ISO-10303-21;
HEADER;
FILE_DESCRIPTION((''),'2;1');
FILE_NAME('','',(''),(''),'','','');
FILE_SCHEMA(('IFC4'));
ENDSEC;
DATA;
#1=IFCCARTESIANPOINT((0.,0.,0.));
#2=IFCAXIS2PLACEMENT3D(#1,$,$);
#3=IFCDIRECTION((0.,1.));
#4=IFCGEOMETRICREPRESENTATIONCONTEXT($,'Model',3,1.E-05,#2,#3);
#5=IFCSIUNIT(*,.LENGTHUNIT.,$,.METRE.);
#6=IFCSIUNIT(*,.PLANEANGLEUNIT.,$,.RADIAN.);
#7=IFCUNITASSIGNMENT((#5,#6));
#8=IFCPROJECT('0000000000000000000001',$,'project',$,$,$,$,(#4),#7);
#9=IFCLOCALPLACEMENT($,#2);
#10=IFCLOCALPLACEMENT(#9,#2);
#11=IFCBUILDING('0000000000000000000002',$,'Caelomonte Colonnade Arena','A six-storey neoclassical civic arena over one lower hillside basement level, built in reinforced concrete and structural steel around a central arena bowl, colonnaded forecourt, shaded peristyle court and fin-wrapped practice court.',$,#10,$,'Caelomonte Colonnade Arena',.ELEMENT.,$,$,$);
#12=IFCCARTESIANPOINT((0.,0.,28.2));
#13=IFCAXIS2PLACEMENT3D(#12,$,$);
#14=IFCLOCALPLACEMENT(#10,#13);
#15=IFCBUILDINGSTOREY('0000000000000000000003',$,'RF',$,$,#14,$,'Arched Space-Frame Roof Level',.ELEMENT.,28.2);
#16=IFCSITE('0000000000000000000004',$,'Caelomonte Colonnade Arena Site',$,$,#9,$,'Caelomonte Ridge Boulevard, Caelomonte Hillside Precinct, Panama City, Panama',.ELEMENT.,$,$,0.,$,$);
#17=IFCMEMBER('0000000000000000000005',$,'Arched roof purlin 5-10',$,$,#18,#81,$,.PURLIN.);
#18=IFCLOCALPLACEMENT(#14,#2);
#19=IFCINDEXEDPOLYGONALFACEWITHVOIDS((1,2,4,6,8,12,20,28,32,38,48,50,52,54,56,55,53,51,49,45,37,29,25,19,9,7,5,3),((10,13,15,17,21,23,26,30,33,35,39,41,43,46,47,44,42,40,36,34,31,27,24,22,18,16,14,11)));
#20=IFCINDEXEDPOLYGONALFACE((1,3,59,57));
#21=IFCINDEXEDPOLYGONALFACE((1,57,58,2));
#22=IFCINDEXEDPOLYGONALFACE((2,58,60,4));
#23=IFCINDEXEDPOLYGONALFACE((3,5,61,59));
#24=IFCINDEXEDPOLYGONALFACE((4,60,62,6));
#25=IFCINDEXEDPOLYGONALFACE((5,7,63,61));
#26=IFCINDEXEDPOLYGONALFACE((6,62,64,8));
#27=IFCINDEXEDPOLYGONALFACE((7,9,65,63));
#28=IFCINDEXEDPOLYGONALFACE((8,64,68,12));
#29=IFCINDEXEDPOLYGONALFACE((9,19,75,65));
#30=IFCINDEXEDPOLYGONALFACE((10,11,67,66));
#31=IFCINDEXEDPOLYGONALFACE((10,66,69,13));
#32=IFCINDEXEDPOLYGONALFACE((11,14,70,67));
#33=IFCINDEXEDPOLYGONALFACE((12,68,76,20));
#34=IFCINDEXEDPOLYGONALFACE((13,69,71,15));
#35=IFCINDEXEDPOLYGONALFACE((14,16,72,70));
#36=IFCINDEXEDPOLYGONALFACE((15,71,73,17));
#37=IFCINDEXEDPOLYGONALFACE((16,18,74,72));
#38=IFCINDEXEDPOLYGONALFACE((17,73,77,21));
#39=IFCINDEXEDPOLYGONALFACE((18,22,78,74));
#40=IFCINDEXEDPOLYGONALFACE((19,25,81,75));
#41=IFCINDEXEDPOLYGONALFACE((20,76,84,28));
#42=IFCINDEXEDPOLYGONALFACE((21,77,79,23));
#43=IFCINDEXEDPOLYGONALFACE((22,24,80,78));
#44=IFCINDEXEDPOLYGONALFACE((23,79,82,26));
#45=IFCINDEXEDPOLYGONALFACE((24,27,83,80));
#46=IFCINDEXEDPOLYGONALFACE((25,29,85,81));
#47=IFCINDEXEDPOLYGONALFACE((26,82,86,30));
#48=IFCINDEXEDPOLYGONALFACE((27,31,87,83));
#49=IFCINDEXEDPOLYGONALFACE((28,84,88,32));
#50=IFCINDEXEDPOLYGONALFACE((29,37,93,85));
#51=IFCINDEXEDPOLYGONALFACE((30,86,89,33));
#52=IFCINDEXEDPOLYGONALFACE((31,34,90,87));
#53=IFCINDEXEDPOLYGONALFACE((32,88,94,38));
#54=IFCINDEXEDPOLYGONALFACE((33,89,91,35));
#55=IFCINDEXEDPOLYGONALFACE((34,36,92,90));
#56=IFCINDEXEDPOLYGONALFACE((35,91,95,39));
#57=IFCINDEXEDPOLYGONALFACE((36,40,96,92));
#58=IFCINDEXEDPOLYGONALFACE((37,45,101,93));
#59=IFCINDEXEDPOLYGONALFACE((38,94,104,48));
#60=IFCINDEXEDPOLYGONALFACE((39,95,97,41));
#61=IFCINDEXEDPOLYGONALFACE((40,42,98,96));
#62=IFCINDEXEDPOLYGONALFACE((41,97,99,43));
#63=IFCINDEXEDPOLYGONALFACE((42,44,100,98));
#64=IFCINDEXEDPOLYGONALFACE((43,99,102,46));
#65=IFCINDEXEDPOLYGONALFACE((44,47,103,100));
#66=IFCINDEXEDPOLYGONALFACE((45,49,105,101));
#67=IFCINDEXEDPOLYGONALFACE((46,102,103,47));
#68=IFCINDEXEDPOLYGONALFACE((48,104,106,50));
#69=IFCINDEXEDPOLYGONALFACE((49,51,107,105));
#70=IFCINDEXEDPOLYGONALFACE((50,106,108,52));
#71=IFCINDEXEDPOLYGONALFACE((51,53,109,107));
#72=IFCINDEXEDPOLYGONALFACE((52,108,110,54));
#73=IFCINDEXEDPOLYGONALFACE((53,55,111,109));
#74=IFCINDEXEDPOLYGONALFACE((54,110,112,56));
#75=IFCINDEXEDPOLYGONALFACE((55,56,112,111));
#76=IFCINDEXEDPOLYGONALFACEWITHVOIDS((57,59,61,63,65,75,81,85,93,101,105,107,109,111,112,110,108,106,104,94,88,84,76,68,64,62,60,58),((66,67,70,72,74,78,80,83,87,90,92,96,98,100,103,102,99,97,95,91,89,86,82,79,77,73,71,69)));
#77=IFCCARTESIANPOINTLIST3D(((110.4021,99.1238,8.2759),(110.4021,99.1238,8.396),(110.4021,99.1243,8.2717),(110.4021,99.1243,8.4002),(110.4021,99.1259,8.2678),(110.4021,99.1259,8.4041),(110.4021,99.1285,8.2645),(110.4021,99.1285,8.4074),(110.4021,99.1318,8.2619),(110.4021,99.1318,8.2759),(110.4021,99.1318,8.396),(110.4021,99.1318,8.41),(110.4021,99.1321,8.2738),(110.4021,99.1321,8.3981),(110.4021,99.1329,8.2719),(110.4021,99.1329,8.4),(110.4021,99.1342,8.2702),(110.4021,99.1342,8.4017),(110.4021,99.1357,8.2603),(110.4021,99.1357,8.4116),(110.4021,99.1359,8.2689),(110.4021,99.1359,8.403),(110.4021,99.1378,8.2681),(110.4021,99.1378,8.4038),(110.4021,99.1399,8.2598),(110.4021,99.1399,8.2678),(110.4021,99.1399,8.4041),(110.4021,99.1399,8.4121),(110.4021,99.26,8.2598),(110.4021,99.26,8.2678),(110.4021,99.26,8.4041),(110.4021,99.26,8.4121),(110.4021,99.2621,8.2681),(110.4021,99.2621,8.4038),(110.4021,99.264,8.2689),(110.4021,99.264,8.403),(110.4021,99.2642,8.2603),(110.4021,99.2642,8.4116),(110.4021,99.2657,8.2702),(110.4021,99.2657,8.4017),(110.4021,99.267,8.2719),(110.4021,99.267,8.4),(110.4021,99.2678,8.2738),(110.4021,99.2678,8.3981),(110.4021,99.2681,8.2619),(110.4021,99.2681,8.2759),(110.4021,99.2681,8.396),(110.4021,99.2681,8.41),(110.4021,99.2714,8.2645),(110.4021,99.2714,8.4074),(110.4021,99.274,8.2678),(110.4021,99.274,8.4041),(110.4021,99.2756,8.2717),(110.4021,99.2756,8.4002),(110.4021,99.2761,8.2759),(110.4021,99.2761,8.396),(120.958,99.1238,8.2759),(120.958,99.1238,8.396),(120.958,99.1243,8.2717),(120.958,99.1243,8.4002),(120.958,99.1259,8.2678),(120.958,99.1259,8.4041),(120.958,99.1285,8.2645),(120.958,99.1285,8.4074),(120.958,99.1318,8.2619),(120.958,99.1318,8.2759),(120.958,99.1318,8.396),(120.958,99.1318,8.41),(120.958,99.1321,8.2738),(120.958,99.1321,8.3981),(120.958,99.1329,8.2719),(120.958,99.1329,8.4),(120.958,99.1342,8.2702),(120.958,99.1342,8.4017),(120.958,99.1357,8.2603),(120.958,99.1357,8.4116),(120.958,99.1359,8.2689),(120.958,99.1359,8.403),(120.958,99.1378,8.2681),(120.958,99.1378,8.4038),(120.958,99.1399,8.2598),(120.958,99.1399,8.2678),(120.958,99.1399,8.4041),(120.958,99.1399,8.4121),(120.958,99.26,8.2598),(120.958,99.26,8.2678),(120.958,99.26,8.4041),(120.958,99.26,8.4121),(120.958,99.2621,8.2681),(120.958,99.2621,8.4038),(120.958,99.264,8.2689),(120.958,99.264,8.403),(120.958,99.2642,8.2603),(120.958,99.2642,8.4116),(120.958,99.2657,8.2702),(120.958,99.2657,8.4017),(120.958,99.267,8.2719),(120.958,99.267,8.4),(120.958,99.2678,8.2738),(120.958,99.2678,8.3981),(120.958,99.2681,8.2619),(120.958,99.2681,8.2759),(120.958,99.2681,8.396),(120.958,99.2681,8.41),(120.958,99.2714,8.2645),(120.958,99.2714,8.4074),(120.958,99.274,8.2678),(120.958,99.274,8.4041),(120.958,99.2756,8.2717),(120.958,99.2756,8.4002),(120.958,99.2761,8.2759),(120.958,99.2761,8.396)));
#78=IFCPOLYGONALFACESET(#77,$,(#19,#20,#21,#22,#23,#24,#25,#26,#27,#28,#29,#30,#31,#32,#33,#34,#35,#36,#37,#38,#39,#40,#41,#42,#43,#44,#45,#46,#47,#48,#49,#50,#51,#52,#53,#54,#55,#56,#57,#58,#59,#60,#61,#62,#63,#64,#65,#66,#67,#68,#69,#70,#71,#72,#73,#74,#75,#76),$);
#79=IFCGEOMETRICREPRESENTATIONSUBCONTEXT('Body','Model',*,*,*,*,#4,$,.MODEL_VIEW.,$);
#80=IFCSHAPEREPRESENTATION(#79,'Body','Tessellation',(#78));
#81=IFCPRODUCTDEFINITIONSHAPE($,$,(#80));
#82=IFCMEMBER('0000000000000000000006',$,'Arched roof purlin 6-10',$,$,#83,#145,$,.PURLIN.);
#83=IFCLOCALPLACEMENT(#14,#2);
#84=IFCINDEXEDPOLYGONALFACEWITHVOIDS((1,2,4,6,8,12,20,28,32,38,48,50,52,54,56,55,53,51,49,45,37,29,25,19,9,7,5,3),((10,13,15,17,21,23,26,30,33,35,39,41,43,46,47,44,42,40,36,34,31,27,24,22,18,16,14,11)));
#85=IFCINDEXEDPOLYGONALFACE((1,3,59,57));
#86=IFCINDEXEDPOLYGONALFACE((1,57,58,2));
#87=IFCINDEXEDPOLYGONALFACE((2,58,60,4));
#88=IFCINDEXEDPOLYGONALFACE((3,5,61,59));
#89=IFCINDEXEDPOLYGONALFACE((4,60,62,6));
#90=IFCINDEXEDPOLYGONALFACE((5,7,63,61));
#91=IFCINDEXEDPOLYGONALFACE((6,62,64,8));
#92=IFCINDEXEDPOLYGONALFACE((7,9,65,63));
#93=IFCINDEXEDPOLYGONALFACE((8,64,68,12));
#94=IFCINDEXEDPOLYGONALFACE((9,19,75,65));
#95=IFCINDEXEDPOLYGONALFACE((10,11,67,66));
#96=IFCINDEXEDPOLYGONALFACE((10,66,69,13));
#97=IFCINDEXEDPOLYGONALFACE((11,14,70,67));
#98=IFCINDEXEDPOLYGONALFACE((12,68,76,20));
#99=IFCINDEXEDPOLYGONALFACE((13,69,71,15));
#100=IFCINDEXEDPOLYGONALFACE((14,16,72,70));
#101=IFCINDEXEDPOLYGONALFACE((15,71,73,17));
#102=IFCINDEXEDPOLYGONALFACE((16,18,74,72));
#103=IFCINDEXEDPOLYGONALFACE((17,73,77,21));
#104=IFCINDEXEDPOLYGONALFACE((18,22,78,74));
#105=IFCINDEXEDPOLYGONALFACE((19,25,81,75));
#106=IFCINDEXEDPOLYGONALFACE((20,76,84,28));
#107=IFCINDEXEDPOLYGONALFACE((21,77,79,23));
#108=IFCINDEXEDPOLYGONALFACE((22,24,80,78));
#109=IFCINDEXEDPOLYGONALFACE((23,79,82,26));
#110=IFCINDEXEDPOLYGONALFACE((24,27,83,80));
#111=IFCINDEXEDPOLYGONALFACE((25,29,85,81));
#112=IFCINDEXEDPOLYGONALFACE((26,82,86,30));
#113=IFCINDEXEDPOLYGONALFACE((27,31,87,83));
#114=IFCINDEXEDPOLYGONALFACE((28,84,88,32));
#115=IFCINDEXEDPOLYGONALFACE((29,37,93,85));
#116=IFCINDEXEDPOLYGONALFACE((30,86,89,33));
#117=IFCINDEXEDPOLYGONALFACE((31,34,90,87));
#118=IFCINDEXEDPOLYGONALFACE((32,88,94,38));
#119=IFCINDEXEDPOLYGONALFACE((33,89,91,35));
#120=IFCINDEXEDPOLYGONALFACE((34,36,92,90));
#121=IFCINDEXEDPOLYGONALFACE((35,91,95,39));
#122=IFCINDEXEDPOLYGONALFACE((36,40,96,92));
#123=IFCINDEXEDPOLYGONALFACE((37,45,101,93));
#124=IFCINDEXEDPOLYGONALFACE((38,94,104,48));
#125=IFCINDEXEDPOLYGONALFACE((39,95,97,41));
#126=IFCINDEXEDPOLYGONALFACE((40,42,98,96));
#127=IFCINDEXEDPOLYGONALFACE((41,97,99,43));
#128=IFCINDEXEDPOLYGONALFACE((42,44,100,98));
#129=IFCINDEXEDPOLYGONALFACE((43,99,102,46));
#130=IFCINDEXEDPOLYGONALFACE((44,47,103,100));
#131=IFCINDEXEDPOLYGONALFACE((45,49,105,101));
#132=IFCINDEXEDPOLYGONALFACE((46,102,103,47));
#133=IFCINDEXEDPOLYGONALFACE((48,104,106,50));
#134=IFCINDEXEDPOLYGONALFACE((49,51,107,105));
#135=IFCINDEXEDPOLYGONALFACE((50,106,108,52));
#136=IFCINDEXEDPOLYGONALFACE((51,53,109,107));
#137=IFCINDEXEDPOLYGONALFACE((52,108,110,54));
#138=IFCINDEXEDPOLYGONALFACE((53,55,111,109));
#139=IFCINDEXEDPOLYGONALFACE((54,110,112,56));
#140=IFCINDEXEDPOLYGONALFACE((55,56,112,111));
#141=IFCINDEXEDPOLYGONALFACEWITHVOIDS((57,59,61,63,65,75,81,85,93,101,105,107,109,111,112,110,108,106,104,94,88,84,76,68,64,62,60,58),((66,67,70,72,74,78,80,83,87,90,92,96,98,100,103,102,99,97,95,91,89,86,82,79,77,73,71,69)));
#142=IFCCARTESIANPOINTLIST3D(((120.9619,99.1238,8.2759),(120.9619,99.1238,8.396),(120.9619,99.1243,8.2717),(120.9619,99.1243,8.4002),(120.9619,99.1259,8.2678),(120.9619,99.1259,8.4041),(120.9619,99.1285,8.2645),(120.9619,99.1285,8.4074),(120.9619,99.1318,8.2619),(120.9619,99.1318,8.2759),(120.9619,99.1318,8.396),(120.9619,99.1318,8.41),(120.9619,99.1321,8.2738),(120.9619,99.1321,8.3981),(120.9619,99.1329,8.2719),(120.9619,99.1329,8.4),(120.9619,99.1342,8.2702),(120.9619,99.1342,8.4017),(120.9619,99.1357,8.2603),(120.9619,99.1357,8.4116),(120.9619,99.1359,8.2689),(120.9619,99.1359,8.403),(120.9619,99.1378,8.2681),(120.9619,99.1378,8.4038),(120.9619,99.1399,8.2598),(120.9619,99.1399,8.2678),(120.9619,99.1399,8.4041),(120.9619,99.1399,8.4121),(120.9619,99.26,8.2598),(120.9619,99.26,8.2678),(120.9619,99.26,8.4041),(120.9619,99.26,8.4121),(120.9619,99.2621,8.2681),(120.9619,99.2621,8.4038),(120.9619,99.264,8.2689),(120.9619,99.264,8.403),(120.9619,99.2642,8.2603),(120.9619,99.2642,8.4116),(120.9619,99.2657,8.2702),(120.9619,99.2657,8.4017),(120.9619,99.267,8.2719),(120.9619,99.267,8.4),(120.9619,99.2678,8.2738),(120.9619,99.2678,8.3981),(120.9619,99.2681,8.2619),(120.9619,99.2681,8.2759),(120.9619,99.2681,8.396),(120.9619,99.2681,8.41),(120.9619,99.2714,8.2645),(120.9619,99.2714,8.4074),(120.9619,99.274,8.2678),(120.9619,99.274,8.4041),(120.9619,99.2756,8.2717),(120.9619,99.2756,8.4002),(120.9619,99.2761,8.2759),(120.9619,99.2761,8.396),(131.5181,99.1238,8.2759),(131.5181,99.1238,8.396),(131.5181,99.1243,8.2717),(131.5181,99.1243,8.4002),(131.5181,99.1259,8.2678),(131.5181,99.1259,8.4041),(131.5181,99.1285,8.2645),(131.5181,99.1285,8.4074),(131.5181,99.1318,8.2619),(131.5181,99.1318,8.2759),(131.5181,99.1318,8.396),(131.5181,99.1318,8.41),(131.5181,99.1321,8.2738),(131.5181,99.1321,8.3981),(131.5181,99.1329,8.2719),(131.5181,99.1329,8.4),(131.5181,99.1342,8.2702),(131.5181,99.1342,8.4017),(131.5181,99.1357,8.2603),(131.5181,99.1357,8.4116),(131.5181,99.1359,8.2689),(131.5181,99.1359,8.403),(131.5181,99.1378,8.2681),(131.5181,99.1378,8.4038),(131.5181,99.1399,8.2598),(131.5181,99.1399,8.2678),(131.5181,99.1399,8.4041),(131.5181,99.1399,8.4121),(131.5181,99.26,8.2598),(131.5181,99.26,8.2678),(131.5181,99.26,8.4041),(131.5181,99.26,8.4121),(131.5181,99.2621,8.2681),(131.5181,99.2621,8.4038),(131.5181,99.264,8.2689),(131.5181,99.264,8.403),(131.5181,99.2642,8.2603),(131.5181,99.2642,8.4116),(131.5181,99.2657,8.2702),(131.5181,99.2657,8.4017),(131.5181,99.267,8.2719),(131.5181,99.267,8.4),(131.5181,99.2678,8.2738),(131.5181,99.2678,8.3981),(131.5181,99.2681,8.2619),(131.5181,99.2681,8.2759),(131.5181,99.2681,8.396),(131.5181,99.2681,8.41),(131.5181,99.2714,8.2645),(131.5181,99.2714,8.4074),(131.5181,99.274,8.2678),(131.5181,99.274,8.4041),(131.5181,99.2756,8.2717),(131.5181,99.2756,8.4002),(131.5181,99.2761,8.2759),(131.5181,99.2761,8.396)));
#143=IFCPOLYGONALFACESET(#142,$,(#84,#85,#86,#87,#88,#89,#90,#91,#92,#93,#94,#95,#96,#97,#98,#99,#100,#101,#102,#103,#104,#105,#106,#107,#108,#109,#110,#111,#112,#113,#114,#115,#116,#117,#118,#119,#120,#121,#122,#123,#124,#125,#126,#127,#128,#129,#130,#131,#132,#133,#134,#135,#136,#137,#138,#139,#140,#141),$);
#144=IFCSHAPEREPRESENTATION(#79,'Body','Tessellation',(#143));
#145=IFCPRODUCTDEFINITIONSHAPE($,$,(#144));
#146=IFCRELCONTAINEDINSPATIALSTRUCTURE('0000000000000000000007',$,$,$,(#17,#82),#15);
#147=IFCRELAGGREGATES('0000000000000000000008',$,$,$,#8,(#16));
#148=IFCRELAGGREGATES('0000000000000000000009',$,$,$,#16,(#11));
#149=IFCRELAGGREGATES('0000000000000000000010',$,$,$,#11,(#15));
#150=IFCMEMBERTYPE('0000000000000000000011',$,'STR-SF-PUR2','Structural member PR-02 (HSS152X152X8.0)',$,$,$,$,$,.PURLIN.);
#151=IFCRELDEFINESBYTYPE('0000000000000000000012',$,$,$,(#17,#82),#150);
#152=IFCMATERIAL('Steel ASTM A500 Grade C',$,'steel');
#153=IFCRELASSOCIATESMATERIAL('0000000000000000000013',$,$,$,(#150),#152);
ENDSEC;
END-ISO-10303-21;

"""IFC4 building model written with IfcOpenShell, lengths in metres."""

from ifc_helpers import new_model, si_unit, direction, frame, origin, origin_2d, place, context, subcontext, project, spatial, hollow_rectangle, extrude, material, material_profile, profile_set, type_object, element, save


model = new_model("IFC4")

# Units and contexts
model_context = context("Model", 3, precision=1e-05, world=origin(), true_north=direction((0.0, 1.0)))
body_context = subcontext(model_context, "Body", "Model", "MODEL_VIEW")
ifc_project = project(units=[si_unit("LENGTHUNIT", "METRE"), si_unit("PLANEANGLEUNIT", "RADIAN")], contexts=[model_context])

# Site, building, storey
site_placement = place(None, origin())
site = spatial("IfcSite", under=ifc_project, at=site_placement, Name="Caelomonte Colonnade Arena Site", LongName="Caelomonte Ridge Boulevard, Caelomonte Hillside Precinct, Panama City, Panama", CompositionType="ELEMENT", RefElevation=0.0)
building_placement = place(site_placement, origin())
building = spatial("IfcBuilding", under=site, at=building_placement, Name="Caelomonte Colonnade Arena", Description="A six-storey neoclassical civic arena over one lower hillside basement level, built in reinforced concrete and structural steel around a central arena bowl, colonnaded forecourt, shaded peristyle court and fin-wrapped practice court.", LongName="Caelomonte Colonnade Arena", CompositionType="ELEMENT")
storey_placement = place(building_placement, frame((0.0, 0.0, 28.2)))
storey = spatial("IfcBuildingStorey", under=building, at=storey_placement, Name="RF", LongName="Arched Space-Frame Roof Level", CompositionType="ELEMENT", Elevation=28.2)

# Members
ifc_material_1 = material(Name="Steel ASTM A500 Grade C", Category="steel")
ifc_material_profile_1 = material_profile(ifc_material_1, hollow_rectangle(XDim=0.1523, YDim=0.1523, WallThickness=0.0081, InnerFilletRadius=0.0081, OuterFilletRadius=0.0161, at=origin_2d()), Name="HSS152X152X8.0")
ifc_profile_set_1 = profile_set([ifc_material_profile_1], Name="Steel ASTM A500 Grade C")
member_type_1 = type_object("IfcMemberType", Name="STR-SF-PUR2", Description="Structural member PR-02 (HSS152X152X8.0)", PredefinedType="PURLIN", material=ifc_profile_set_1)
member_1_placement = place(storey_placement, frame((110.4021, 99.2, 8.3359), z_axis=(1.0, 0.0, 0.0), x_axis=(0.0, 1.0, 0.0)))
element("IfcMember", 1, at=member_1_placement, inside=storey, type_object=member_type_1, Name="Arched roof purlin 5-10", PredefinedType="PURLIN", context=body_context, shape_type="SweptSolid", body=[
    extrude(hollow_rectangle(XDim=0.1523, YDim=0.1523, WallThickness=0.0081, InnerFilletRadius=0.0081, OuterFilletRadius=0.0161, at=origin_2d()), origin(), (0.0, 0.0, 1.0), 10.5559),
])
member_2_placement = place(storey_placement, frame((120.9619, 99.2, 8.3359), z_axis=(1.0, 0.0, 0.0), x_axis=(0.0, 1.0, 0.0)))
element("IfcMember", 2, at=member_2_placement, inside=storey, type_object=member_type_1, Name="Arched roof purlin 6-10", PredefinedType="PURLIN", context=body_context, shape_type="SweptSolid", body=[
    extrude(hollow_rectangle(XDim=0.1523, YDim=0.1523, WallThickness=0.0081, InnerFilletRadius=0.0081, OuterFilletRadius=0.0161, at=origin_2d()), origin(), (0.0, 0.0, 1.0), 10.5562),
])

save(model, "model.ifc")
